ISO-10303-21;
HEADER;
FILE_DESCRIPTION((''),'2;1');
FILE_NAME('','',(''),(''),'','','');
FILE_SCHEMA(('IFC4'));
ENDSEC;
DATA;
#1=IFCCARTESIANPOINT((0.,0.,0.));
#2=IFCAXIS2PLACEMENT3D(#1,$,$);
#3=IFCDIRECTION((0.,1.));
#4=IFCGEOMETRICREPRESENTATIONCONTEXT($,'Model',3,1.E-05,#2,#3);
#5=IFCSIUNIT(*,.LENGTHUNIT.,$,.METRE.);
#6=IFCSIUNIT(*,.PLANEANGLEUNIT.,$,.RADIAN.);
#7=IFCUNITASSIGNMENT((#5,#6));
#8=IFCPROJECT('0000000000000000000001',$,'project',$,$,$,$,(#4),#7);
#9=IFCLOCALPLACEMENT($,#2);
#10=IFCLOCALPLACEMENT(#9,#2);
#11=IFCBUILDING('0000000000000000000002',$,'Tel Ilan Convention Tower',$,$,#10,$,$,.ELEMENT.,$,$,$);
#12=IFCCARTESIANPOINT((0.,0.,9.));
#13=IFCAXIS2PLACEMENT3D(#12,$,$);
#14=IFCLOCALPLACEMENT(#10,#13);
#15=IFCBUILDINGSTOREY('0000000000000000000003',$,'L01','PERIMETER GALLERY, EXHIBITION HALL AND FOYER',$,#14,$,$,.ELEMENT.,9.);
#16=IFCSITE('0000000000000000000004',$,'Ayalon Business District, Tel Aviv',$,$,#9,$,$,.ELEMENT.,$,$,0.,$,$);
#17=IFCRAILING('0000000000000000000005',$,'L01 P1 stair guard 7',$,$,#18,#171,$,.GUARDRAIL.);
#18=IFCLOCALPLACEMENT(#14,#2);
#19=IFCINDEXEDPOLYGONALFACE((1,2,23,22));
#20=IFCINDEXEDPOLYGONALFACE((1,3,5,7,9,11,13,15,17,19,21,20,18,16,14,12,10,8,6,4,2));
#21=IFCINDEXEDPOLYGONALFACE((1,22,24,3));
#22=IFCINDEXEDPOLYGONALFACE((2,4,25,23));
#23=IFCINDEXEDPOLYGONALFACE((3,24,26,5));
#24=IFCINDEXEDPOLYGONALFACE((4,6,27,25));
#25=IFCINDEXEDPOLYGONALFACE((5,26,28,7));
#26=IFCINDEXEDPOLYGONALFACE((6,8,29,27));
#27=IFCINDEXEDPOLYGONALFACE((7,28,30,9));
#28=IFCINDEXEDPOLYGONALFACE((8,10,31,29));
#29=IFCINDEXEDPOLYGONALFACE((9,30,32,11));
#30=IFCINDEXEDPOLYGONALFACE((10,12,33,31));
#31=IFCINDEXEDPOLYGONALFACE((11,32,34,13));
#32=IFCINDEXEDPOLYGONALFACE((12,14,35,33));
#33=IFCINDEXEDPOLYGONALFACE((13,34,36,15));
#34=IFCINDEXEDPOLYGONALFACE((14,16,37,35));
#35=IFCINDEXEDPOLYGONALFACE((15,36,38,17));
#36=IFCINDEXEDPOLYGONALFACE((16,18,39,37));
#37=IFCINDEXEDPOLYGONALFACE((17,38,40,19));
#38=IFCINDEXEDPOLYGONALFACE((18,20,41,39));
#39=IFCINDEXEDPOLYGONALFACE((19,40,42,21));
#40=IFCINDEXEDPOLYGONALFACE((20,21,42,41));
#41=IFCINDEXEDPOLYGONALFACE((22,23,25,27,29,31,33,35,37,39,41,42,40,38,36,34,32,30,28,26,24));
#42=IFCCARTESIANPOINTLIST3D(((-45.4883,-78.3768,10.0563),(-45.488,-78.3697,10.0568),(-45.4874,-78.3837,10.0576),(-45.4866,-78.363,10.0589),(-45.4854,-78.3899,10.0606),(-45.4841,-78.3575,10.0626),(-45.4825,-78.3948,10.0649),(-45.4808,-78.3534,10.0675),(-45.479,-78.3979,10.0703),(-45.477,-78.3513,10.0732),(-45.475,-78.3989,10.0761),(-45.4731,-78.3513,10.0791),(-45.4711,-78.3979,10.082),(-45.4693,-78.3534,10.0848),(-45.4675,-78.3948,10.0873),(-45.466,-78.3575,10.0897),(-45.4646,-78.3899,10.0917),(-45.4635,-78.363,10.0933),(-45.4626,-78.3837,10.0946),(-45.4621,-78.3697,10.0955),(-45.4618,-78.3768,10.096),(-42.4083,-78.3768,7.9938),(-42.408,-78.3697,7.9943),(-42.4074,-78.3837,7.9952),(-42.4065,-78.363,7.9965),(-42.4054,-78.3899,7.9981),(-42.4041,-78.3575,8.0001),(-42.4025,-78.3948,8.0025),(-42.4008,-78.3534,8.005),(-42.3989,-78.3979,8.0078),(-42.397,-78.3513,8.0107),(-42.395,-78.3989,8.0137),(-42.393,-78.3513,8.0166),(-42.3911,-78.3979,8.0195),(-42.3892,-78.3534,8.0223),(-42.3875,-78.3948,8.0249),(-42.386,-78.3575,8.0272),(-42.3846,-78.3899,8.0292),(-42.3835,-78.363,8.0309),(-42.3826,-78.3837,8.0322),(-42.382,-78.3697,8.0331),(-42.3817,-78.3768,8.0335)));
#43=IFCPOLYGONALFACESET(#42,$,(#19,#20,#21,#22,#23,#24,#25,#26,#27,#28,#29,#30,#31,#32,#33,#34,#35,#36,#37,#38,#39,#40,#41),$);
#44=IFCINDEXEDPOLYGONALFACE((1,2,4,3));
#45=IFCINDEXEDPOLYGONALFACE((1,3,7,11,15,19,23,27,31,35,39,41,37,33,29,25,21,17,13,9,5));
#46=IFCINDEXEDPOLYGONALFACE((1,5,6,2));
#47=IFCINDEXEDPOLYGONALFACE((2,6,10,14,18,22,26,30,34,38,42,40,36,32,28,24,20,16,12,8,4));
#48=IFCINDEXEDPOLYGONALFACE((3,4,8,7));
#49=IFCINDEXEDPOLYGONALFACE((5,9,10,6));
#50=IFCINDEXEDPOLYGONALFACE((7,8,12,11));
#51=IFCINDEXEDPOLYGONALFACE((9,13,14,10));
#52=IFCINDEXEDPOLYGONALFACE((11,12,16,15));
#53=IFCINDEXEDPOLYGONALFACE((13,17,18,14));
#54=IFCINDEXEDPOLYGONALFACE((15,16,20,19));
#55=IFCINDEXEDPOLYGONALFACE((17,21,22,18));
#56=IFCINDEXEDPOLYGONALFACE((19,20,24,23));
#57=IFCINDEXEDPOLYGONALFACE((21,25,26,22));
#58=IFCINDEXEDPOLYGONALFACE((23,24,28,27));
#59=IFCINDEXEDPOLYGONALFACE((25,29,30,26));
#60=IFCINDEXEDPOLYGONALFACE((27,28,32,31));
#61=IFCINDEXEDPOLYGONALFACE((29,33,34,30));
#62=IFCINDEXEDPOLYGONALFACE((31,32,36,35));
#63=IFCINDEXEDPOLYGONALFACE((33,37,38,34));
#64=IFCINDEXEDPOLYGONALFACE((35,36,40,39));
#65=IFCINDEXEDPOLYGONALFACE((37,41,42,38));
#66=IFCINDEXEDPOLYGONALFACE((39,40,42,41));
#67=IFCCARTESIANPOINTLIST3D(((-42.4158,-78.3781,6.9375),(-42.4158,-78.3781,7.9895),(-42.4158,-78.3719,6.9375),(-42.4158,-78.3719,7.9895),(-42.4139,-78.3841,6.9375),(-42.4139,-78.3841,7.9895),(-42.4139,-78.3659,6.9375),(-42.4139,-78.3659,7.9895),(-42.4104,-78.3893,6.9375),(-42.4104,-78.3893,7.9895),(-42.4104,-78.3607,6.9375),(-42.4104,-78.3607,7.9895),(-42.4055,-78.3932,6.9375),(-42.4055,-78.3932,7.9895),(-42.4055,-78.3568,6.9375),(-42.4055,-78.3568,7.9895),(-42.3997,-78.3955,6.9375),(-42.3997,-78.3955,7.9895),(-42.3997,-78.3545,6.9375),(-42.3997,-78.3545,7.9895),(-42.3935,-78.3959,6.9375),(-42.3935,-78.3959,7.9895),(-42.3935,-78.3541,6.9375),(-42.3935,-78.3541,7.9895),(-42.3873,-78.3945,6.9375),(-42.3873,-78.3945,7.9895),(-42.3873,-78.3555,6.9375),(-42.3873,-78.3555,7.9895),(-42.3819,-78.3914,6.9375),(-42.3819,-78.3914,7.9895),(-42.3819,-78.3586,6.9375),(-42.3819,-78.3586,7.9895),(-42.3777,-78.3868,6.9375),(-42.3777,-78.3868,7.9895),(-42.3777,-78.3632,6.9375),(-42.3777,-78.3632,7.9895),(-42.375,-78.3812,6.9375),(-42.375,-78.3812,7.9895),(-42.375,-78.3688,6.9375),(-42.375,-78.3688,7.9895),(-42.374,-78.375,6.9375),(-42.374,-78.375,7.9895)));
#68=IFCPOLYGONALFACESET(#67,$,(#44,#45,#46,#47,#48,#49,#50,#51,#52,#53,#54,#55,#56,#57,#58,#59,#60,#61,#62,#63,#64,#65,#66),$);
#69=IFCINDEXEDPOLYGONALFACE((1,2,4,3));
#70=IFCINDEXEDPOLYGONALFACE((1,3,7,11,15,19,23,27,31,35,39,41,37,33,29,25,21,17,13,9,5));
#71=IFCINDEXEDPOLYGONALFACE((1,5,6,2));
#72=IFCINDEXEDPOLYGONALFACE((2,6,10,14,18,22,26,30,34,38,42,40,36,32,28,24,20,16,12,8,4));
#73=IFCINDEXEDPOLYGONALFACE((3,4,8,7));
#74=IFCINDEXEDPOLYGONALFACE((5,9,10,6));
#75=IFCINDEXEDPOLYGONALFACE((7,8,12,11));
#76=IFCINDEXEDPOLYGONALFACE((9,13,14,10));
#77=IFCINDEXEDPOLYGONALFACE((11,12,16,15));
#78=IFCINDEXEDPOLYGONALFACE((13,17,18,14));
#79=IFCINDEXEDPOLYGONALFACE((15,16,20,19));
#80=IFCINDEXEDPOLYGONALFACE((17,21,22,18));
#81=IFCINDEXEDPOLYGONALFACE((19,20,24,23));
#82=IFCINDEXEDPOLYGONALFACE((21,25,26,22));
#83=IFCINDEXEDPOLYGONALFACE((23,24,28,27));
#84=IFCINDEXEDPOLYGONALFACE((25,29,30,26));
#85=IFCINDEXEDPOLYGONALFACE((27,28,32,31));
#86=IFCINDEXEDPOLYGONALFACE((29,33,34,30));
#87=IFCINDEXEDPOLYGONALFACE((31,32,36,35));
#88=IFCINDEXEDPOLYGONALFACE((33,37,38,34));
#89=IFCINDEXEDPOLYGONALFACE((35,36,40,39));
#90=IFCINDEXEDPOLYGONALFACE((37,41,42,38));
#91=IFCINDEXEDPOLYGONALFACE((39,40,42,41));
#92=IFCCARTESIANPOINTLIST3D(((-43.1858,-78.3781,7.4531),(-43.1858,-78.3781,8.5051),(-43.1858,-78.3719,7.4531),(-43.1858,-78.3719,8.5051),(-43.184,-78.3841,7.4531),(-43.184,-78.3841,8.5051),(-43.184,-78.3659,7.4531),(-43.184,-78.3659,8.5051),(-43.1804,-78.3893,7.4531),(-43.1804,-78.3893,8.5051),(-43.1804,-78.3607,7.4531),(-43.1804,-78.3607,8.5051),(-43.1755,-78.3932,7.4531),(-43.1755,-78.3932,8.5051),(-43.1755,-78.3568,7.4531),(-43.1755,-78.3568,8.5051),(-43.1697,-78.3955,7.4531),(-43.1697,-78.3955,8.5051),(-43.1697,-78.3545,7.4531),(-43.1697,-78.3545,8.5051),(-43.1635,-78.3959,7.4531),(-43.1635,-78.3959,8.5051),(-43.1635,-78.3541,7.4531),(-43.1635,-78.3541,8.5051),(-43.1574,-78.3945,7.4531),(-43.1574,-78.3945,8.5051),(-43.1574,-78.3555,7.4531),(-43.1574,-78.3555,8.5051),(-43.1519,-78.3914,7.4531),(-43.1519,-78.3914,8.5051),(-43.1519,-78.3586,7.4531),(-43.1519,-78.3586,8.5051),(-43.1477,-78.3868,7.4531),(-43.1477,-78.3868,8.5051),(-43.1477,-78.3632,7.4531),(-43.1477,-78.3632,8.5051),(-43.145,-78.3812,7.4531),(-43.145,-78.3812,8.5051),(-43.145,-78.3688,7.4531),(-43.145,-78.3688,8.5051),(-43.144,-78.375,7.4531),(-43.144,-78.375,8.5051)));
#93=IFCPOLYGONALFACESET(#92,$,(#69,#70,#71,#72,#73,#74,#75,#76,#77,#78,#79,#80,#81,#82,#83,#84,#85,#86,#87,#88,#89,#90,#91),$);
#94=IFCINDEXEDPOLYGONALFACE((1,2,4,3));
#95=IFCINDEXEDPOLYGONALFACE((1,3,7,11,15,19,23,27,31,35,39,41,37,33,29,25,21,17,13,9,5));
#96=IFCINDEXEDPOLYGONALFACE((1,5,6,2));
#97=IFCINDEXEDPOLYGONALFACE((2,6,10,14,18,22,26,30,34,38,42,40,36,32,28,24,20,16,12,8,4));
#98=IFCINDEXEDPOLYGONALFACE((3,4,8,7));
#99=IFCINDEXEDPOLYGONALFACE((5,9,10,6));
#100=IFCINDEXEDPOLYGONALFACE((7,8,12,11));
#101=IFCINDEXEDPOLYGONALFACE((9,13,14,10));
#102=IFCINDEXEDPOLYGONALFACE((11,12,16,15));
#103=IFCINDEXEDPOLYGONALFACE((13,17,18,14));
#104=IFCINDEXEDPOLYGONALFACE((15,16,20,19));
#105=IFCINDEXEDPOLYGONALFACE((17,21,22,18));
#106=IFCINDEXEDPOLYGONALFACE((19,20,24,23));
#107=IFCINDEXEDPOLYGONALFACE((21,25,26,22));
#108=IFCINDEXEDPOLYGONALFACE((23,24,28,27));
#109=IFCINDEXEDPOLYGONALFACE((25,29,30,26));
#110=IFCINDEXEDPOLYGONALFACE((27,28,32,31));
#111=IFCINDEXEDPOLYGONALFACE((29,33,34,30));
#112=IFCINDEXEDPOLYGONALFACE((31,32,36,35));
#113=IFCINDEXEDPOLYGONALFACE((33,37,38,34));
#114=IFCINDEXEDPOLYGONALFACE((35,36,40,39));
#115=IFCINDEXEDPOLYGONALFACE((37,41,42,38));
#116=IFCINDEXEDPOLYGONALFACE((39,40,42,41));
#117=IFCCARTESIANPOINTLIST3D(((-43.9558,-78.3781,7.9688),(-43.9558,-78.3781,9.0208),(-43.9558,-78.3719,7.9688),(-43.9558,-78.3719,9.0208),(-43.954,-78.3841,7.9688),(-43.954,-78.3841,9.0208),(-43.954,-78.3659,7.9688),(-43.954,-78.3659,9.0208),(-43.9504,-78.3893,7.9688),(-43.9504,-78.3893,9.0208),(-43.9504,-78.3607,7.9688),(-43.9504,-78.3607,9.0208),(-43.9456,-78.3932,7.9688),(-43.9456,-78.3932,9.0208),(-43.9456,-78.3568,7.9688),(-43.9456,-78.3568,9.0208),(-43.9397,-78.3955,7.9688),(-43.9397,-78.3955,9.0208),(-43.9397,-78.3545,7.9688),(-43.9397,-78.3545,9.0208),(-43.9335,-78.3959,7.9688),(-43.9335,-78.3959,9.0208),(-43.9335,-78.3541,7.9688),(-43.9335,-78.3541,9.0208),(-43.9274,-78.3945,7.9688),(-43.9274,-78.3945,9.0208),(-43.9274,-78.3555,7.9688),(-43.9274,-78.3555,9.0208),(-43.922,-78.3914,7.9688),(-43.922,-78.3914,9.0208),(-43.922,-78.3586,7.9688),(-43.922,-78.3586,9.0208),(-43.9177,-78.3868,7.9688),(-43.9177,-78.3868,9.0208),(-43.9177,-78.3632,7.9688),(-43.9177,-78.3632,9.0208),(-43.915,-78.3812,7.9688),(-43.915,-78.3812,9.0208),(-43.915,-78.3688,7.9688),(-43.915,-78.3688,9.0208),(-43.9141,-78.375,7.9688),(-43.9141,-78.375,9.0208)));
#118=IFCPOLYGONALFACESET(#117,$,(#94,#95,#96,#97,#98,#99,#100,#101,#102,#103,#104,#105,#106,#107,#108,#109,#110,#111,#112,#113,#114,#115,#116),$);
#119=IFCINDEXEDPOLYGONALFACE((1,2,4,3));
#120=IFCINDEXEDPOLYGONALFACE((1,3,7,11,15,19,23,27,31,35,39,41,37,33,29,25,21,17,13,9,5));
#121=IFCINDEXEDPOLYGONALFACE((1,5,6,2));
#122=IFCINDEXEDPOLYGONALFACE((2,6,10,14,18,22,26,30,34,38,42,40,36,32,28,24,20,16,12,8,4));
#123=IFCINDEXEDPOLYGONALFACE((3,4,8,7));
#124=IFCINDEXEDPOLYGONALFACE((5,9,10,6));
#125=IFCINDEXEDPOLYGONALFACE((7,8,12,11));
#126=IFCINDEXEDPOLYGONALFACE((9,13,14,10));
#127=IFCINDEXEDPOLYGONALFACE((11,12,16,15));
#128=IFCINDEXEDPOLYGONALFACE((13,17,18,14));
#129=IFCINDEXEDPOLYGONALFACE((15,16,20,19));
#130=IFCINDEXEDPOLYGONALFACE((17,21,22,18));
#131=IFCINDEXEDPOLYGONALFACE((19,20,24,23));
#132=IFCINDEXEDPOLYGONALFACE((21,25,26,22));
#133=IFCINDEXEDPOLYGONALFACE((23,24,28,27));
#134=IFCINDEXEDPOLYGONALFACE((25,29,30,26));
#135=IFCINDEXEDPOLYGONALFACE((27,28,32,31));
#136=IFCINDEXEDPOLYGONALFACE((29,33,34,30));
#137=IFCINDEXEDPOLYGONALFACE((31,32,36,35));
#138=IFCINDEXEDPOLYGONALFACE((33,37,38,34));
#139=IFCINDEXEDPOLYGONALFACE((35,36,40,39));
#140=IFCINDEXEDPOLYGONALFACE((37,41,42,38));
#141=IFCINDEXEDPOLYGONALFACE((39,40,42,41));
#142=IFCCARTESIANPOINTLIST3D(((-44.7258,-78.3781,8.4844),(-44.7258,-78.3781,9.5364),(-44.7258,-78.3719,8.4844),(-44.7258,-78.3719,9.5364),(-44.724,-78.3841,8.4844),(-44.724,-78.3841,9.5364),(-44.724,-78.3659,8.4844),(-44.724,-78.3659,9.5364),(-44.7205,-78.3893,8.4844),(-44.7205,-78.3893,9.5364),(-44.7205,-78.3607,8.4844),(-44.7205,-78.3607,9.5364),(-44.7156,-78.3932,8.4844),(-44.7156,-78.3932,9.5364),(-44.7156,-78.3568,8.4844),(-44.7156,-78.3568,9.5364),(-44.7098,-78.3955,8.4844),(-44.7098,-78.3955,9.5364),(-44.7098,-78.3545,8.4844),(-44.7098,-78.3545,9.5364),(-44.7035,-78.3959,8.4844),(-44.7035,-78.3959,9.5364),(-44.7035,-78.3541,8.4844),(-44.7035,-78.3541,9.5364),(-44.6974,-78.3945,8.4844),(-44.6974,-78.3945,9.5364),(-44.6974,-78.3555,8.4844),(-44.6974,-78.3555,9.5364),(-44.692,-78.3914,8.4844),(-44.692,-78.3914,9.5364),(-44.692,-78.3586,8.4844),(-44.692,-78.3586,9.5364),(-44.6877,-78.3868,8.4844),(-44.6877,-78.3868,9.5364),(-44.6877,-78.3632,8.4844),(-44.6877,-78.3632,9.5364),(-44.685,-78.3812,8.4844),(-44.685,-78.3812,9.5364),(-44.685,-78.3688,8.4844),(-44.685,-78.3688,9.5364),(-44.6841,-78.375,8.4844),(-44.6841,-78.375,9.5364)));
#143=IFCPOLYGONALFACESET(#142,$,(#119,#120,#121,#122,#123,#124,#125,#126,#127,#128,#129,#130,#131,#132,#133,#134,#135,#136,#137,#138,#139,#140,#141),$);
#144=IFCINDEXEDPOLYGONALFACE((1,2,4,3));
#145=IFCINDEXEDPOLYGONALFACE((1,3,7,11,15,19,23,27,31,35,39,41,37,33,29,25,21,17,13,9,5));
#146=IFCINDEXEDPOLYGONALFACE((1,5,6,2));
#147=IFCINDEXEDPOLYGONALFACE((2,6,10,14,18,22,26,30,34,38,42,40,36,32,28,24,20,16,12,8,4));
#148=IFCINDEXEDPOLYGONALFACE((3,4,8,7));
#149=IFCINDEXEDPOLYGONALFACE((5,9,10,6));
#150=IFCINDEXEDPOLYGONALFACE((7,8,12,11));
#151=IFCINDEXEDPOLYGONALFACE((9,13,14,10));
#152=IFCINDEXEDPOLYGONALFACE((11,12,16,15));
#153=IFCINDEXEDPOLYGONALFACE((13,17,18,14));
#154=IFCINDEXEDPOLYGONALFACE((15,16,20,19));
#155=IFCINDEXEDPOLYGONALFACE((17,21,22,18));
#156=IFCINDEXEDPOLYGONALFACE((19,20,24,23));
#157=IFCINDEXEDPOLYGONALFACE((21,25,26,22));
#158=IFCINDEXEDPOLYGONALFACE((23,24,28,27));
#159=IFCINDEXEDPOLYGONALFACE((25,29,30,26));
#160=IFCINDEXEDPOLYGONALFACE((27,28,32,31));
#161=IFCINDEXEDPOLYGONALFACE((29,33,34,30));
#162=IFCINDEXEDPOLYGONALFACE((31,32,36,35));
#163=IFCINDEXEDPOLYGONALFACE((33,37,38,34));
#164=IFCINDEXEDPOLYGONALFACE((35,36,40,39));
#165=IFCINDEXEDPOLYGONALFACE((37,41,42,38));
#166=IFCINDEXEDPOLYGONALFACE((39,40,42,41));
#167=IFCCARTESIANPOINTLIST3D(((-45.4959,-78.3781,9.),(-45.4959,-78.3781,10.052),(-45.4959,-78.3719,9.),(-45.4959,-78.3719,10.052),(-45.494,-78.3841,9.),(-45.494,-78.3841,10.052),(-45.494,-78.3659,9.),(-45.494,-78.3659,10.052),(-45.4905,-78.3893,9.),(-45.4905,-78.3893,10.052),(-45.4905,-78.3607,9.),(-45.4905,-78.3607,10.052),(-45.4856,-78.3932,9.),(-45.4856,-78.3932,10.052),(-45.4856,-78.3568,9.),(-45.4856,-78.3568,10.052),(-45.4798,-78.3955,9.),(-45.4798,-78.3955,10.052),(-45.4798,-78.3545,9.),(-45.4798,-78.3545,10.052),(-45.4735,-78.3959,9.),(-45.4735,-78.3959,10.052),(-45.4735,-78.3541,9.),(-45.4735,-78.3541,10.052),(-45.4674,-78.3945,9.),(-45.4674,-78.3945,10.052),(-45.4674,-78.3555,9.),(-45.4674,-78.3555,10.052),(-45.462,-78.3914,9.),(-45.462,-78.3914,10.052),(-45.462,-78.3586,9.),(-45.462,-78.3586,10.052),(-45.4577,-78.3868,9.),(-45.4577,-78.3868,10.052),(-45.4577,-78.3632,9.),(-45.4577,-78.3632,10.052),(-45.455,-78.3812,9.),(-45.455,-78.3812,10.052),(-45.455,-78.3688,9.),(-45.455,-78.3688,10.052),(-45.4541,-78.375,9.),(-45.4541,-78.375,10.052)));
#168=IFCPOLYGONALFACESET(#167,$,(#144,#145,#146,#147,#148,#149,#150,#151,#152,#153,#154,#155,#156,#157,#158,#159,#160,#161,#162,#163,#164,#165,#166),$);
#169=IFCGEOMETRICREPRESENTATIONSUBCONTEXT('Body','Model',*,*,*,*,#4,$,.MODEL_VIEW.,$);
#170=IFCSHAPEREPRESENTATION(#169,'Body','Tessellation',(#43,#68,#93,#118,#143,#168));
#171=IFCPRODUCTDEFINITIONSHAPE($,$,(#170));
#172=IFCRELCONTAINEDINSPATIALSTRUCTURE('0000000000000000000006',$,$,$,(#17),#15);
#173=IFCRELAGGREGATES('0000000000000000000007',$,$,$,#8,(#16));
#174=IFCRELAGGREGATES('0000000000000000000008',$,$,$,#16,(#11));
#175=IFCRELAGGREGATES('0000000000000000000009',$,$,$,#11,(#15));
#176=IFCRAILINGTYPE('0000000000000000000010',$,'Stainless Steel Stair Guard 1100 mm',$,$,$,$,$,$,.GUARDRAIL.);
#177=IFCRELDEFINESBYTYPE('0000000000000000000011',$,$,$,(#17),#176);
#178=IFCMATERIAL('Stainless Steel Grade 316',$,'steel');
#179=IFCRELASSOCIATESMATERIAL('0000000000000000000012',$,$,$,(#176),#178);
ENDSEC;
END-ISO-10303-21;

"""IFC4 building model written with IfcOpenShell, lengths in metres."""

from ifc_helpers import new_model, si_unit, direction, frame, origin, origin_2d, place, context, subcontext, project, spatial, circle, extrude, material, type_object, element, save


model = new_model("IFC4")

# Units and contexts
model_context = context("Model", 3, precision=1e-05, world=origin(), true_north=direction((0.0, 1.0)))
body_context = subcontext(model_context, "Body", "Model", "MODEL_VIEW")
ifc_project = project(units=[si_unit("LENGTHUNIT", "METRE"), si_unit("PLANEANGLEUNIT", "RADIAN")], contexts=[model_context])

# Site, building, storey
site_placement = place(None, origin())
site = spatial("IfcSite", under=ifc_project, at=site_placement, Name="Ayalon Business District, Tel Aviv", CompositionType="ELEMENT", RefElevation=0.0)
building_placement = place(site_placement, origin())
building = spatial("IfcBuilding", under=site, at=building_placement, Name="Tel Ilan Convention Tower", CompositionType="ELEMENT")
storey_placement = place(building_placement, frame((0.0, 0.0, 9.0)))
storey = spatial("IfcBuildingStorey", under=building, at=storey_placement, Name="L01", Description="PERIMETER GALLERY, EXHIBITION HALL AND FOYER", CompositionType="ELEMENT", Elevation=9.0)

# Railing
ifc_material_1 = material(Name="Stainless Steel Grade 316", Category="steel")
railing_type_1 = type_object("IfcRailingType", Name="Stainless Steel Stair Guard 1100 mm", PredefinedType="GUARDRAIL", material=ifc_material_1)
railing_1_placement = place(storey_placement, frame((-42.395, -78.375, 6.9375)))
element("IfcRailing", 1, at=railing_1_placement, inside=storey, type_object=railing_type_1, Name="L01 P1 stair guard 7", PredefinedType="GUARDRAIL", context=body_context, shape_type="SweptSolid", body=[
    extrude(circle(Radius=0.0239, at=origin_2d()), frame((0.0, 0.0, 1.0762), z_axis=(-0.830914, 0.0, 0.556401), x_axis=(0.0, -1.0, 0.0)), (0.0, 0.0, 1.0), 3.7068),
    extrude(circle(Radius=0.021, at=origin_2d()), origin(), (0.0, 0.0, 1.0), 1.052),
    extrude(circle(Radius=0.021, at=origin_2d()), frame((-0.77, 0.0, 0.5156)), (0.0, 0.0, 1.0), 1.052),
    extrude(circle(Radius=0.021, at=origin_2d()), frame((-1.54, 0.0, 1.0312)), (0.0, 0.0, 1.0), 1.052),
    extrude(circle(Radius=0.021, at=origin_2d()), frame((-2.3101, 0.0, 1.5469)), (0.0, 0.0, 1.0), 1.052),
    extrude(circle(Radius=0.021, at=origin_2d()), frame((-3.0801, 0.0, 2.0625)), (0.0, 0.0, 1.0), 1.052),
])

save(model, "model.ifc")
